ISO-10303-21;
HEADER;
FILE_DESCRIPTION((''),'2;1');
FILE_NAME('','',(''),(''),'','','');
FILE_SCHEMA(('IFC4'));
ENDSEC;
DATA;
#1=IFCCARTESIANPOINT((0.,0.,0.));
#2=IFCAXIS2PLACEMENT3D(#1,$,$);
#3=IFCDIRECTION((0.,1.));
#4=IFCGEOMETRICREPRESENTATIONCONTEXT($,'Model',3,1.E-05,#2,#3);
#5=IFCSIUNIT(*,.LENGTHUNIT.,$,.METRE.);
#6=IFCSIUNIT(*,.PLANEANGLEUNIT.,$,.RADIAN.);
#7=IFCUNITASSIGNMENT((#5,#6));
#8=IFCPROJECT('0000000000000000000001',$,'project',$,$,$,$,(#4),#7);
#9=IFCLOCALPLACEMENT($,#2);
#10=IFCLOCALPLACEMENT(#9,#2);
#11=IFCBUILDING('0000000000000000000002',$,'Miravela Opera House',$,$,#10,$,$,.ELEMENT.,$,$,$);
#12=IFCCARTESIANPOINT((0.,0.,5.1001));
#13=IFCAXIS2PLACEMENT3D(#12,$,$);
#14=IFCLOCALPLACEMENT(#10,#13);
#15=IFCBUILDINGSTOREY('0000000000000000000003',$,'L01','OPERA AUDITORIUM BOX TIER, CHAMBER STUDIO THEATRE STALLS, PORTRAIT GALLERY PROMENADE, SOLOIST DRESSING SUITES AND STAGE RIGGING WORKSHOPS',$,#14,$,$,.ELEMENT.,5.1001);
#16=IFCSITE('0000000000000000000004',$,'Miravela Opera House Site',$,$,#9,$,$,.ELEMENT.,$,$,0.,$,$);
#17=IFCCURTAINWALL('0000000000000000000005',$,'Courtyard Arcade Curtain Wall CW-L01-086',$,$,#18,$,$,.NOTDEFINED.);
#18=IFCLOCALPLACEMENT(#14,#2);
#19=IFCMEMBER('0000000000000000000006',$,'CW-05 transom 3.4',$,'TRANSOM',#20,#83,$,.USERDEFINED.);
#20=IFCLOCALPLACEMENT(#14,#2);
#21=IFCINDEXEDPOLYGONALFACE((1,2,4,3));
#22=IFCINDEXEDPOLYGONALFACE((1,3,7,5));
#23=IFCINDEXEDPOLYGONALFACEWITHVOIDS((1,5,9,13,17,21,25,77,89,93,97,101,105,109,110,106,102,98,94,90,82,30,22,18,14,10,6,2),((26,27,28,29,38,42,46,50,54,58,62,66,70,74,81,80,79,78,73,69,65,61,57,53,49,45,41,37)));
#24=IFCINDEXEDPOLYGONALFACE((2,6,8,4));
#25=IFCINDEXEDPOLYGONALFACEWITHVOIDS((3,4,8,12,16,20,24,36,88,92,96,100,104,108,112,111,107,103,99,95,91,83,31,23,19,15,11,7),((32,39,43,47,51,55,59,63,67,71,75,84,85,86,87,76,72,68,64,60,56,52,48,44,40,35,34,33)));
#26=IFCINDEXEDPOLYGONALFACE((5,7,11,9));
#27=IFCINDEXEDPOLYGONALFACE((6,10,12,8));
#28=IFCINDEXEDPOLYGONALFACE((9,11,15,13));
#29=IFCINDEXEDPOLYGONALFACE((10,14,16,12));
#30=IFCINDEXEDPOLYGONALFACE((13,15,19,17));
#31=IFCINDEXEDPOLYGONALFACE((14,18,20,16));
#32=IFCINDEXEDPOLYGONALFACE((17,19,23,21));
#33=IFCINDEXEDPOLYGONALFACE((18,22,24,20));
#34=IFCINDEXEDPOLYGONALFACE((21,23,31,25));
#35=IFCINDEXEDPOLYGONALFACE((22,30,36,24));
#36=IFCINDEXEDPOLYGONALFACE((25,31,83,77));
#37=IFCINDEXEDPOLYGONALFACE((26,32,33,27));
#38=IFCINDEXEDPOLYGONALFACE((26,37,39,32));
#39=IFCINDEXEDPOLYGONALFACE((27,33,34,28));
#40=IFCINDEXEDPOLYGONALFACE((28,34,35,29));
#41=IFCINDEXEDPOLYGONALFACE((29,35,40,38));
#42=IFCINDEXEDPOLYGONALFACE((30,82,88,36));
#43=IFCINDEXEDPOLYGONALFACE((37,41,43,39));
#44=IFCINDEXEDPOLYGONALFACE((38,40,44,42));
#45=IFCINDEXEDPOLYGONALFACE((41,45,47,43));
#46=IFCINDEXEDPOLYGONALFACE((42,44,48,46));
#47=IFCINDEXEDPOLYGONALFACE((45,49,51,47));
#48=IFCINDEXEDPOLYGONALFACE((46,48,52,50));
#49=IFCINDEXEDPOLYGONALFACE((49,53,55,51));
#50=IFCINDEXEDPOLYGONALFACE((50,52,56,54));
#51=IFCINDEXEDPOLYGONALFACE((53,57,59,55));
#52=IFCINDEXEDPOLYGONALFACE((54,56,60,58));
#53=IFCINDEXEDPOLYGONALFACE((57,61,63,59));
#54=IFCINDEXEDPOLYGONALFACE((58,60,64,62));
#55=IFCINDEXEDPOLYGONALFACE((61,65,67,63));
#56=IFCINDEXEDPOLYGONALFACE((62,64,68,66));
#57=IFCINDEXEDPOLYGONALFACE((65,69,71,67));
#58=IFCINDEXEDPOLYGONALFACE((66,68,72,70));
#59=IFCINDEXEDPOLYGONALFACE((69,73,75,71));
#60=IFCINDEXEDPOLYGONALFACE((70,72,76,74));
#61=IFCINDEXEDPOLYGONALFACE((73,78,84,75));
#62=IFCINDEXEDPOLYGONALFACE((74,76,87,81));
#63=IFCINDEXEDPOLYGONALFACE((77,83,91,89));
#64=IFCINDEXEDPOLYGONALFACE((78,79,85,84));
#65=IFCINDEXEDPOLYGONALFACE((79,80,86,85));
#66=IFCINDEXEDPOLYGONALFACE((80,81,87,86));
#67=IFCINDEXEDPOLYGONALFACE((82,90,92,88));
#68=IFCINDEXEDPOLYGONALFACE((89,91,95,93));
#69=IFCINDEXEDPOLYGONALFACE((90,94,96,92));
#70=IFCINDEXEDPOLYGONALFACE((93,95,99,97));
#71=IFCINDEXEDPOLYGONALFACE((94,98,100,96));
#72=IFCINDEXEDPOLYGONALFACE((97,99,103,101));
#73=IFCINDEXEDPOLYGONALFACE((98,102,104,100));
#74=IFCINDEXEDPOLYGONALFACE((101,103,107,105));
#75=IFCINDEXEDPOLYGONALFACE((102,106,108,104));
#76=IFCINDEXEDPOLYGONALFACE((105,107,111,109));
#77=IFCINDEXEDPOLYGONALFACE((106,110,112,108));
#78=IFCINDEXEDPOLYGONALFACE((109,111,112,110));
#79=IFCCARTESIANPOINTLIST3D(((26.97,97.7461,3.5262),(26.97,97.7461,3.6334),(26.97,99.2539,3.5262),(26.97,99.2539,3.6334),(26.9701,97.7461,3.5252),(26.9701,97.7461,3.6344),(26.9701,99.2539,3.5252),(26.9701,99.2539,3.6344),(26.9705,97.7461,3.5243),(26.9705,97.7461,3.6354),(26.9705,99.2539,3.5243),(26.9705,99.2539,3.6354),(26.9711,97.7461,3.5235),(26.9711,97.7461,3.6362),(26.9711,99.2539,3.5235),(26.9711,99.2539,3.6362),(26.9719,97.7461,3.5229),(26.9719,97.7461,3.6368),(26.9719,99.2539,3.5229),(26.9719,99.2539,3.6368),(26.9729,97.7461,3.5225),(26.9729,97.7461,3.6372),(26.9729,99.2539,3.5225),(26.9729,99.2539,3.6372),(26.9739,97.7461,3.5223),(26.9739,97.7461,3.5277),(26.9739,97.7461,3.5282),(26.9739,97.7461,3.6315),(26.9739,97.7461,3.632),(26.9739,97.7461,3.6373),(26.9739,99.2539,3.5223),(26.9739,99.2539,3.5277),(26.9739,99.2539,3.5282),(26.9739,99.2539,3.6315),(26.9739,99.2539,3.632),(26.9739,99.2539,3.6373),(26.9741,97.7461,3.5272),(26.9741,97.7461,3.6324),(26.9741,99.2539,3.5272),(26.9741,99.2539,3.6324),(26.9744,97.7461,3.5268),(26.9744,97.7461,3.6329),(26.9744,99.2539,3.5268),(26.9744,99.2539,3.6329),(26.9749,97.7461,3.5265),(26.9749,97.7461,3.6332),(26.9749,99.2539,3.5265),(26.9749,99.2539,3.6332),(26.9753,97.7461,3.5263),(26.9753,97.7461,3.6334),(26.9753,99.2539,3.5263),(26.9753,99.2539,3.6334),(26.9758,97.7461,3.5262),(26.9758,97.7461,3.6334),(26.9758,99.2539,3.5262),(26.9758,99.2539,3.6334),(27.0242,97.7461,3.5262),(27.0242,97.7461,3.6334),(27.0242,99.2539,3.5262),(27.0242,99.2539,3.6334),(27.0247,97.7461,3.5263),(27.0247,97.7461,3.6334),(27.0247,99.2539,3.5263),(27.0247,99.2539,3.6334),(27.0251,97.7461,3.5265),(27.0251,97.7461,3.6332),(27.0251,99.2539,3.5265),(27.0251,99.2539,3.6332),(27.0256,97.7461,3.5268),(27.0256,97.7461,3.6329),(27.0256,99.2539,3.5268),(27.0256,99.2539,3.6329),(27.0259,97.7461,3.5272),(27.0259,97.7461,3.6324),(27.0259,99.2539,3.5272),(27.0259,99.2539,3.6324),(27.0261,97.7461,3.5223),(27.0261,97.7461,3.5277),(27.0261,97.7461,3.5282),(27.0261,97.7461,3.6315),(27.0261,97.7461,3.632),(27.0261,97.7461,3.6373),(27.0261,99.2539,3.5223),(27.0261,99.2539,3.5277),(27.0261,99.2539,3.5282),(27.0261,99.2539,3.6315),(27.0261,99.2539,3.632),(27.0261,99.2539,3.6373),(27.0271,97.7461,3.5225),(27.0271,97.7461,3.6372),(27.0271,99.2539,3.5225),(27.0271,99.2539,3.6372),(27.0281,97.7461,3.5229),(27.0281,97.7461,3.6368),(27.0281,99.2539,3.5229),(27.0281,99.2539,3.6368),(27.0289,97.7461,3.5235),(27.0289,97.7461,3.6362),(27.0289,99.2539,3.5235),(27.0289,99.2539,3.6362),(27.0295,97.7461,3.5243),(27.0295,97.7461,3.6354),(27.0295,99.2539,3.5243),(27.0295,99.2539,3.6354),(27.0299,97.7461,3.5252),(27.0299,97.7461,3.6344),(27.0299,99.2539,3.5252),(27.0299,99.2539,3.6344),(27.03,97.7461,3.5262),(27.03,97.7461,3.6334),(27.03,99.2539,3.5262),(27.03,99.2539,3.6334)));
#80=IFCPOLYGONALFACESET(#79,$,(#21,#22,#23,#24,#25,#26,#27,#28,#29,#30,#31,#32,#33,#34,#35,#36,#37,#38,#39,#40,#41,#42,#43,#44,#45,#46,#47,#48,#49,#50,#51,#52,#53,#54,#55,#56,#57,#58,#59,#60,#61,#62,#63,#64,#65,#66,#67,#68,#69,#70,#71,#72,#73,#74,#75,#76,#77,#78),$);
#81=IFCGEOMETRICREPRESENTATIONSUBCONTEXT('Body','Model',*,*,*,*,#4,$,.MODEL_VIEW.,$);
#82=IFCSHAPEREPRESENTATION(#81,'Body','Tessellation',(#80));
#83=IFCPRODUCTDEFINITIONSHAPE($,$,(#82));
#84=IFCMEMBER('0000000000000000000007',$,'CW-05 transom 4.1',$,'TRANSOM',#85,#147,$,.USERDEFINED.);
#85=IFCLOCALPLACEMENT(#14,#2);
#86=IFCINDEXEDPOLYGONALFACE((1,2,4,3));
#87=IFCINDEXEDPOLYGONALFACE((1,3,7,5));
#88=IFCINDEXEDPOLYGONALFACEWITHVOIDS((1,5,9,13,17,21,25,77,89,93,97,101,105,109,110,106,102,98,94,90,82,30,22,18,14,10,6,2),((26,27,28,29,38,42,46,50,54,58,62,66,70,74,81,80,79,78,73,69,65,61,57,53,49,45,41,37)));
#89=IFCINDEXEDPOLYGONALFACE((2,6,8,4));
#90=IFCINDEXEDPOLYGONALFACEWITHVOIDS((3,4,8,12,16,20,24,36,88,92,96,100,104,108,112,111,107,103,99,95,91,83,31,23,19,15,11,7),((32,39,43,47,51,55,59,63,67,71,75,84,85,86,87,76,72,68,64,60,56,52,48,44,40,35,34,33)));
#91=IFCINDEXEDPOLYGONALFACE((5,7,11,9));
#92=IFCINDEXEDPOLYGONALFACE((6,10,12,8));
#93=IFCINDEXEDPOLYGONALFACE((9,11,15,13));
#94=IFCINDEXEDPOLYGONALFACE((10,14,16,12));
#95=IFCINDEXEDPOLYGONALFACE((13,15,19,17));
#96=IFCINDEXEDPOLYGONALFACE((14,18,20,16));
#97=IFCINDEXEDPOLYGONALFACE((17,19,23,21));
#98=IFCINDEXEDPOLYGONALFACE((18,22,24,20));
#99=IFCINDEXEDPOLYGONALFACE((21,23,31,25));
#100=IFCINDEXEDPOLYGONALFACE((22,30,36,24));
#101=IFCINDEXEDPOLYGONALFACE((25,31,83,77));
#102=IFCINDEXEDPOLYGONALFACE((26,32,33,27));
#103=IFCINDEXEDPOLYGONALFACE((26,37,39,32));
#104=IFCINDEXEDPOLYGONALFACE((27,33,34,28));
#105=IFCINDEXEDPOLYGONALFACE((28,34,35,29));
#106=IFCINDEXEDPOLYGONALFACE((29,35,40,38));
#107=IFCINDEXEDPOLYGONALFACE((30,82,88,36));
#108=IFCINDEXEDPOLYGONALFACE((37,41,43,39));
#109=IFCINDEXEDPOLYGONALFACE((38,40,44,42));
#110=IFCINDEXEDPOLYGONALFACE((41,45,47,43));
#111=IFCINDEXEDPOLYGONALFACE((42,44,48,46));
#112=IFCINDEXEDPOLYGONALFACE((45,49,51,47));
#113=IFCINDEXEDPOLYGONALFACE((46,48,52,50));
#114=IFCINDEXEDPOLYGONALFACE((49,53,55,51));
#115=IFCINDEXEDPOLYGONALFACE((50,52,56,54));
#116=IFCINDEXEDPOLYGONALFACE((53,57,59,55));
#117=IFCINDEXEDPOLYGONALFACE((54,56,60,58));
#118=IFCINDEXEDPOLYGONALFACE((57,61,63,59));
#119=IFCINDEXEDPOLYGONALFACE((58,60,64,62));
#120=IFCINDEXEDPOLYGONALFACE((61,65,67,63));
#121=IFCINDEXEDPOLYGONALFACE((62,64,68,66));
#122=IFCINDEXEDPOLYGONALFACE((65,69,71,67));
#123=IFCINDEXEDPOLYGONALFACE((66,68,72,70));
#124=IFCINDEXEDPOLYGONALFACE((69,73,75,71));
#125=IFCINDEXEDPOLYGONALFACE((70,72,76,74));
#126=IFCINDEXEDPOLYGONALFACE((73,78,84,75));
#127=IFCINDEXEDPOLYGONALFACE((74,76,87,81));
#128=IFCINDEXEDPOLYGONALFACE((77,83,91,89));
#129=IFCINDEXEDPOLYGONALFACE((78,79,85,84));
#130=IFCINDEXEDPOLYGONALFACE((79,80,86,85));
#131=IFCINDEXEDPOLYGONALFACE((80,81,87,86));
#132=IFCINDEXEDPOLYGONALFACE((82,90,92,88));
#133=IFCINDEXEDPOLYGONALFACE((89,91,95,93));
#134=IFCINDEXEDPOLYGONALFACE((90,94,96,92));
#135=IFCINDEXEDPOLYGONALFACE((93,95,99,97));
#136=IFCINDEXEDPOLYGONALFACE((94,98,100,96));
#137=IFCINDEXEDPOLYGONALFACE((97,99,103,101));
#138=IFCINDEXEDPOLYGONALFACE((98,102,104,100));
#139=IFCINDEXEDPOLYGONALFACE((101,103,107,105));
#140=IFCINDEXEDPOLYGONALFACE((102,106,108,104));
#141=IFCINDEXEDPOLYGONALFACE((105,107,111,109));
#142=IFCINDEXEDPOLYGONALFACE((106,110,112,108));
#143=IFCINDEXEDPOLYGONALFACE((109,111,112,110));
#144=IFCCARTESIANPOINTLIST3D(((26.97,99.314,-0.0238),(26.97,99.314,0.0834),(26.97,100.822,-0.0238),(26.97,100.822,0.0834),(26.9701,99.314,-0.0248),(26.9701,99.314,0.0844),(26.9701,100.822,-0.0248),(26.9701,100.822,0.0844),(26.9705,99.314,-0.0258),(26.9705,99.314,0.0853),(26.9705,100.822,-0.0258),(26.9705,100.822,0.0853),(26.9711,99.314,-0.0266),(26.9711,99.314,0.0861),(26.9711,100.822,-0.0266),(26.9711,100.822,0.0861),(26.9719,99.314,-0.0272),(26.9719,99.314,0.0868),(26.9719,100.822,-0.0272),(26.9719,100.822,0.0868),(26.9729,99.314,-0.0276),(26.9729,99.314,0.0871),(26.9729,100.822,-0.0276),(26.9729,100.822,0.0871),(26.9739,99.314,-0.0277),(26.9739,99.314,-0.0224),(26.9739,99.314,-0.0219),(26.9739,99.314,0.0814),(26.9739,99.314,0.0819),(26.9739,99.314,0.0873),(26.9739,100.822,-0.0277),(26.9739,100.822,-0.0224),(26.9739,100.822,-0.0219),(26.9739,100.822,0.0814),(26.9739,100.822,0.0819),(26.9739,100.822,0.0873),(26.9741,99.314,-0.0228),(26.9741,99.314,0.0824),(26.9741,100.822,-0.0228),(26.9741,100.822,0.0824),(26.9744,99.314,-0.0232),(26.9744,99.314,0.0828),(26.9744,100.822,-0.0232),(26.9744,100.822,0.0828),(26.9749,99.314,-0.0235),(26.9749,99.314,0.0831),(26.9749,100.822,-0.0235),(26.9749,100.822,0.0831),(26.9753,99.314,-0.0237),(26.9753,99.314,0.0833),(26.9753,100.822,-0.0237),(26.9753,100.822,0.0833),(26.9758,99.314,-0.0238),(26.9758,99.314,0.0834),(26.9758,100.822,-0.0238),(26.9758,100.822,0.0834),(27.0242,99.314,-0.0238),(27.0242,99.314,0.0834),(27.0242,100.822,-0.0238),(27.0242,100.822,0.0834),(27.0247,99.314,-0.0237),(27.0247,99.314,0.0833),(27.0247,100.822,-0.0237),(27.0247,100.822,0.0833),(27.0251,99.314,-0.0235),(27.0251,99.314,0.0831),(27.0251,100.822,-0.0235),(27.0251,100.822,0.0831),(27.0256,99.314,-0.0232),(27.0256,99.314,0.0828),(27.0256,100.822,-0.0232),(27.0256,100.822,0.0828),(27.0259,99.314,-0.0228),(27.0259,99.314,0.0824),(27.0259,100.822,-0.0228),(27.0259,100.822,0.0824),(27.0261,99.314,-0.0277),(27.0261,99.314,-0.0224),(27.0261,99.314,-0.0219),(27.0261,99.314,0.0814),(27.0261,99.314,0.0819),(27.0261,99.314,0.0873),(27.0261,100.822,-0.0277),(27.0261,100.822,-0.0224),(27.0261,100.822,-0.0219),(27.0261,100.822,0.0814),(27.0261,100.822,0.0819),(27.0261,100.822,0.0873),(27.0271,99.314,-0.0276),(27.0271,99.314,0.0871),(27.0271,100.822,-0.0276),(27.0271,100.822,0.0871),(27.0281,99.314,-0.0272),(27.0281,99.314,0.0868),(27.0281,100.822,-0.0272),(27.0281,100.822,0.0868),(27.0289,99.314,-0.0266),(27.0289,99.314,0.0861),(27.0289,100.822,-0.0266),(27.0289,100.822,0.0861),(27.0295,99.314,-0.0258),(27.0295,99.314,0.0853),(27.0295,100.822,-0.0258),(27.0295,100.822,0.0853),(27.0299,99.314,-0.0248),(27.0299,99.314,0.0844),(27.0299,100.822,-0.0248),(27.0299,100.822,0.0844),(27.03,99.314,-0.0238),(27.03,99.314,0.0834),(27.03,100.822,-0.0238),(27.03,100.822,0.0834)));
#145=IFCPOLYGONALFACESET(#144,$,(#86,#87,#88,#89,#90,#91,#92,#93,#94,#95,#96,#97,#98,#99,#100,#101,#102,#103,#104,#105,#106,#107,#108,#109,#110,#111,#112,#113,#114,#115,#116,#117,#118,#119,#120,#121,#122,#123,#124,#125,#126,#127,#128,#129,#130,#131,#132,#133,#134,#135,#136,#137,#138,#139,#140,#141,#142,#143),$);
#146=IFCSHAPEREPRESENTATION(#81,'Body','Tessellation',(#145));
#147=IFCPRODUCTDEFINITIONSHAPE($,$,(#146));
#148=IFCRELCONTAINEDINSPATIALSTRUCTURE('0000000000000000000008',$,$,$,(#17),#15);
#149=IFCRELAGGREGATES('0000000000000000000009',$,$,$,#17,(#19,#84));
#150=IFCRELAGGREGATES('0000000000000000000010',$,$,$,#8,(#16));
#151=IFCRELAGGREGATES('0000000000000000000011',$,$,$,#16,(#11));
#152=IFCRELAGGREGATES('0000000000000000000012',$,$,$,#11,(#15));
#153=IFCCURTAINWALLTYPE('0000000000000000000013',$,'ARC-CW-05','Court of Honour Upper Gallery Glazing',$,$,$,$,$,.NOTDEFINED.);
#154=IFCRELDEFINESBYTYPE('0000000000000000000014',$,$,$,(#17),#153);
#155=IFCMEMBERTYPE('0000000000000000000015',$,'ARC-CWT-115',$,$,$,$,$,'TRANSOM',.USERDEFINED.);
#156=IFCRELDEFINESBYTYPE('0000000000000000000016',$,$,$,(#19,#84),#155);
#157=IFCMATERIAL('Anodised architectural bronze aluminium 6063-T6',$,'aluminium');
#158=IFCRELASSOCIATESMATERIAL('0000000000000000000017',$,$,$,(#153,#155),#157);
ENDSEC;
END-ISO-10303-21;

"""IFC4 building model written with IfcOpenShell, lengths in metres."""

from ifc_helpers import new_model, si_unit, direction, frame, origin, origin_2d, place, context, subcontext, project, spatial, hollow_rectangle, extrude, material, material_profile, profile_set, type_object, element, aggregate, save


model = new_model("IFC4")

# Units and contexts
model_context = context("Model", 3, precision=1e-05, world=origin(), true_north=direction((0.0, 1.0)))
body_context = subcontext(model_context, "Body", "Model", "MODEL_VIEW")
ifc_project = project(units=[si_unit("LENGTHUNIT", "METRE"), si_unit("PLANEANGLEUNIT", "RADIAN")], contexts=[model_context])

# Site, building, storey
site_placement = place(None, origin())
site = spatial("IfcSite", under=ifc_project, at=site_placement, Name="Miravela Opera House Site", CompositionType="ELEMENT", RefElevation=0.0)
building_placement = place(site_placement, origin())
building = spatial("IfcBuilding", under=site, at=building_placement, Name="Miravela Opera House", CompositionType="ELEMENT")
storey_placement = place(building_placement, frame((0.0, 0.0, 5.1001)))
storey = spatial("IfcBuildingStorey", under=building, at=storey_placement, Name="L01", Description="OPERA AUDITORIUM BOX TIER, CHAMBER STUDIO THEATRE STALLS, PORTRAIT GALLERY PROMENADE, SOLOIST DRESSING SUITES AND STAGE RIGGING WORKSHOPS", CompositionType="ELEMENT", Elevation=5.1001)

# Curtain wall, members
ifc_material_1 = material(Name="Anodised architectural bronze aluminium 6063-T6", Category="aluminium")
curtain_wall_type = type_object("IfcCurtainWallType", Name="ARC-CW-05", Description="Court of Honour Upper Gallery Glazing", PredefinedType="NOTDEFINED", material=ifc_material_1)
curtain_wall_placement = place(storey_placement, origin())
curtain_wall = element("IfcCurtainWall", 1, at=curtain_wall_placement, inside=storey, type_object=curtain_wall_type, Name="Courtyard Arcade Curtain Wall CW-L01-086", PredefinedType="NOTDEFINED")
ifc_material_profile_1 = material_profile(ifc_material_1, hollow_rectangle(XDim=0.0601, YDim=0.115, WallThickness=0.0039, InnerFilletRadius=0.002, OuterFilletRadius=0.0039, at=origin_2d()), Name="CWT-60X115")
ifc_profile_set_1 = profile_set([ifc_material_profile_1])
member_type_1 = type_object("IfcMemberType", Name="ARC-CWT-115", ElementType="TRANSOM", PredefinedType="USERDEFINED", material=ifc_profile_set_1)
member_1_placement = place(storey_placement, frame((27.0, 97.7461, 3.5798), z_axis=(0.0, 1.0, 0.0), x_axis=(-1.0, 0.0, 0.0)))
member_1 = element("IfcMember", 2, at=member_1_placement, type_object=member_type_1, Name="CW-05 transom 3.4", ObjectType="TRANSOM", PredefinedType="USERDEFINED", context=body_context, shape_type="SweptSolid", body=[
    extrude(hollow_rectangle(XDim=0.0601, YDim=0.115, WallThickness=0.0039, InnerFilletRadius=0.002, OuterFilletRadius=0.0039, at=origin_2d()), origin(), (0.0, 0.0, 1.0), 1.5078),
])
member_2_placement = place(storey_placement, frame((27.0, 99.314, 0.0298), z_axis=(0.0, 1.0, 0.0), x_axis=(-1.0, 0.0, 0.0)))
member_2 = element("IfcMember", 3, at=member_2_placement, type_object=member_type_1, Name="CW-05 transom 4.1", ObjectType="TRANSOM", PredefinedType="USERDEFINED", context=body_context, shape_type="SweptSolid", body=[
    extrude(hollow_rectangle(XDim=0.0601, YDim=0.115, WallThickness=0.0039, InnerFilletRadius=0.002, OuterFilletRadius=0.0039, at=origin_2d()), origin(), (0.0, 0.0, 1.0), 1.5081),
])

aggregate(curtain_wall, [member_1, member_2])

save(model, "model.ifc")
